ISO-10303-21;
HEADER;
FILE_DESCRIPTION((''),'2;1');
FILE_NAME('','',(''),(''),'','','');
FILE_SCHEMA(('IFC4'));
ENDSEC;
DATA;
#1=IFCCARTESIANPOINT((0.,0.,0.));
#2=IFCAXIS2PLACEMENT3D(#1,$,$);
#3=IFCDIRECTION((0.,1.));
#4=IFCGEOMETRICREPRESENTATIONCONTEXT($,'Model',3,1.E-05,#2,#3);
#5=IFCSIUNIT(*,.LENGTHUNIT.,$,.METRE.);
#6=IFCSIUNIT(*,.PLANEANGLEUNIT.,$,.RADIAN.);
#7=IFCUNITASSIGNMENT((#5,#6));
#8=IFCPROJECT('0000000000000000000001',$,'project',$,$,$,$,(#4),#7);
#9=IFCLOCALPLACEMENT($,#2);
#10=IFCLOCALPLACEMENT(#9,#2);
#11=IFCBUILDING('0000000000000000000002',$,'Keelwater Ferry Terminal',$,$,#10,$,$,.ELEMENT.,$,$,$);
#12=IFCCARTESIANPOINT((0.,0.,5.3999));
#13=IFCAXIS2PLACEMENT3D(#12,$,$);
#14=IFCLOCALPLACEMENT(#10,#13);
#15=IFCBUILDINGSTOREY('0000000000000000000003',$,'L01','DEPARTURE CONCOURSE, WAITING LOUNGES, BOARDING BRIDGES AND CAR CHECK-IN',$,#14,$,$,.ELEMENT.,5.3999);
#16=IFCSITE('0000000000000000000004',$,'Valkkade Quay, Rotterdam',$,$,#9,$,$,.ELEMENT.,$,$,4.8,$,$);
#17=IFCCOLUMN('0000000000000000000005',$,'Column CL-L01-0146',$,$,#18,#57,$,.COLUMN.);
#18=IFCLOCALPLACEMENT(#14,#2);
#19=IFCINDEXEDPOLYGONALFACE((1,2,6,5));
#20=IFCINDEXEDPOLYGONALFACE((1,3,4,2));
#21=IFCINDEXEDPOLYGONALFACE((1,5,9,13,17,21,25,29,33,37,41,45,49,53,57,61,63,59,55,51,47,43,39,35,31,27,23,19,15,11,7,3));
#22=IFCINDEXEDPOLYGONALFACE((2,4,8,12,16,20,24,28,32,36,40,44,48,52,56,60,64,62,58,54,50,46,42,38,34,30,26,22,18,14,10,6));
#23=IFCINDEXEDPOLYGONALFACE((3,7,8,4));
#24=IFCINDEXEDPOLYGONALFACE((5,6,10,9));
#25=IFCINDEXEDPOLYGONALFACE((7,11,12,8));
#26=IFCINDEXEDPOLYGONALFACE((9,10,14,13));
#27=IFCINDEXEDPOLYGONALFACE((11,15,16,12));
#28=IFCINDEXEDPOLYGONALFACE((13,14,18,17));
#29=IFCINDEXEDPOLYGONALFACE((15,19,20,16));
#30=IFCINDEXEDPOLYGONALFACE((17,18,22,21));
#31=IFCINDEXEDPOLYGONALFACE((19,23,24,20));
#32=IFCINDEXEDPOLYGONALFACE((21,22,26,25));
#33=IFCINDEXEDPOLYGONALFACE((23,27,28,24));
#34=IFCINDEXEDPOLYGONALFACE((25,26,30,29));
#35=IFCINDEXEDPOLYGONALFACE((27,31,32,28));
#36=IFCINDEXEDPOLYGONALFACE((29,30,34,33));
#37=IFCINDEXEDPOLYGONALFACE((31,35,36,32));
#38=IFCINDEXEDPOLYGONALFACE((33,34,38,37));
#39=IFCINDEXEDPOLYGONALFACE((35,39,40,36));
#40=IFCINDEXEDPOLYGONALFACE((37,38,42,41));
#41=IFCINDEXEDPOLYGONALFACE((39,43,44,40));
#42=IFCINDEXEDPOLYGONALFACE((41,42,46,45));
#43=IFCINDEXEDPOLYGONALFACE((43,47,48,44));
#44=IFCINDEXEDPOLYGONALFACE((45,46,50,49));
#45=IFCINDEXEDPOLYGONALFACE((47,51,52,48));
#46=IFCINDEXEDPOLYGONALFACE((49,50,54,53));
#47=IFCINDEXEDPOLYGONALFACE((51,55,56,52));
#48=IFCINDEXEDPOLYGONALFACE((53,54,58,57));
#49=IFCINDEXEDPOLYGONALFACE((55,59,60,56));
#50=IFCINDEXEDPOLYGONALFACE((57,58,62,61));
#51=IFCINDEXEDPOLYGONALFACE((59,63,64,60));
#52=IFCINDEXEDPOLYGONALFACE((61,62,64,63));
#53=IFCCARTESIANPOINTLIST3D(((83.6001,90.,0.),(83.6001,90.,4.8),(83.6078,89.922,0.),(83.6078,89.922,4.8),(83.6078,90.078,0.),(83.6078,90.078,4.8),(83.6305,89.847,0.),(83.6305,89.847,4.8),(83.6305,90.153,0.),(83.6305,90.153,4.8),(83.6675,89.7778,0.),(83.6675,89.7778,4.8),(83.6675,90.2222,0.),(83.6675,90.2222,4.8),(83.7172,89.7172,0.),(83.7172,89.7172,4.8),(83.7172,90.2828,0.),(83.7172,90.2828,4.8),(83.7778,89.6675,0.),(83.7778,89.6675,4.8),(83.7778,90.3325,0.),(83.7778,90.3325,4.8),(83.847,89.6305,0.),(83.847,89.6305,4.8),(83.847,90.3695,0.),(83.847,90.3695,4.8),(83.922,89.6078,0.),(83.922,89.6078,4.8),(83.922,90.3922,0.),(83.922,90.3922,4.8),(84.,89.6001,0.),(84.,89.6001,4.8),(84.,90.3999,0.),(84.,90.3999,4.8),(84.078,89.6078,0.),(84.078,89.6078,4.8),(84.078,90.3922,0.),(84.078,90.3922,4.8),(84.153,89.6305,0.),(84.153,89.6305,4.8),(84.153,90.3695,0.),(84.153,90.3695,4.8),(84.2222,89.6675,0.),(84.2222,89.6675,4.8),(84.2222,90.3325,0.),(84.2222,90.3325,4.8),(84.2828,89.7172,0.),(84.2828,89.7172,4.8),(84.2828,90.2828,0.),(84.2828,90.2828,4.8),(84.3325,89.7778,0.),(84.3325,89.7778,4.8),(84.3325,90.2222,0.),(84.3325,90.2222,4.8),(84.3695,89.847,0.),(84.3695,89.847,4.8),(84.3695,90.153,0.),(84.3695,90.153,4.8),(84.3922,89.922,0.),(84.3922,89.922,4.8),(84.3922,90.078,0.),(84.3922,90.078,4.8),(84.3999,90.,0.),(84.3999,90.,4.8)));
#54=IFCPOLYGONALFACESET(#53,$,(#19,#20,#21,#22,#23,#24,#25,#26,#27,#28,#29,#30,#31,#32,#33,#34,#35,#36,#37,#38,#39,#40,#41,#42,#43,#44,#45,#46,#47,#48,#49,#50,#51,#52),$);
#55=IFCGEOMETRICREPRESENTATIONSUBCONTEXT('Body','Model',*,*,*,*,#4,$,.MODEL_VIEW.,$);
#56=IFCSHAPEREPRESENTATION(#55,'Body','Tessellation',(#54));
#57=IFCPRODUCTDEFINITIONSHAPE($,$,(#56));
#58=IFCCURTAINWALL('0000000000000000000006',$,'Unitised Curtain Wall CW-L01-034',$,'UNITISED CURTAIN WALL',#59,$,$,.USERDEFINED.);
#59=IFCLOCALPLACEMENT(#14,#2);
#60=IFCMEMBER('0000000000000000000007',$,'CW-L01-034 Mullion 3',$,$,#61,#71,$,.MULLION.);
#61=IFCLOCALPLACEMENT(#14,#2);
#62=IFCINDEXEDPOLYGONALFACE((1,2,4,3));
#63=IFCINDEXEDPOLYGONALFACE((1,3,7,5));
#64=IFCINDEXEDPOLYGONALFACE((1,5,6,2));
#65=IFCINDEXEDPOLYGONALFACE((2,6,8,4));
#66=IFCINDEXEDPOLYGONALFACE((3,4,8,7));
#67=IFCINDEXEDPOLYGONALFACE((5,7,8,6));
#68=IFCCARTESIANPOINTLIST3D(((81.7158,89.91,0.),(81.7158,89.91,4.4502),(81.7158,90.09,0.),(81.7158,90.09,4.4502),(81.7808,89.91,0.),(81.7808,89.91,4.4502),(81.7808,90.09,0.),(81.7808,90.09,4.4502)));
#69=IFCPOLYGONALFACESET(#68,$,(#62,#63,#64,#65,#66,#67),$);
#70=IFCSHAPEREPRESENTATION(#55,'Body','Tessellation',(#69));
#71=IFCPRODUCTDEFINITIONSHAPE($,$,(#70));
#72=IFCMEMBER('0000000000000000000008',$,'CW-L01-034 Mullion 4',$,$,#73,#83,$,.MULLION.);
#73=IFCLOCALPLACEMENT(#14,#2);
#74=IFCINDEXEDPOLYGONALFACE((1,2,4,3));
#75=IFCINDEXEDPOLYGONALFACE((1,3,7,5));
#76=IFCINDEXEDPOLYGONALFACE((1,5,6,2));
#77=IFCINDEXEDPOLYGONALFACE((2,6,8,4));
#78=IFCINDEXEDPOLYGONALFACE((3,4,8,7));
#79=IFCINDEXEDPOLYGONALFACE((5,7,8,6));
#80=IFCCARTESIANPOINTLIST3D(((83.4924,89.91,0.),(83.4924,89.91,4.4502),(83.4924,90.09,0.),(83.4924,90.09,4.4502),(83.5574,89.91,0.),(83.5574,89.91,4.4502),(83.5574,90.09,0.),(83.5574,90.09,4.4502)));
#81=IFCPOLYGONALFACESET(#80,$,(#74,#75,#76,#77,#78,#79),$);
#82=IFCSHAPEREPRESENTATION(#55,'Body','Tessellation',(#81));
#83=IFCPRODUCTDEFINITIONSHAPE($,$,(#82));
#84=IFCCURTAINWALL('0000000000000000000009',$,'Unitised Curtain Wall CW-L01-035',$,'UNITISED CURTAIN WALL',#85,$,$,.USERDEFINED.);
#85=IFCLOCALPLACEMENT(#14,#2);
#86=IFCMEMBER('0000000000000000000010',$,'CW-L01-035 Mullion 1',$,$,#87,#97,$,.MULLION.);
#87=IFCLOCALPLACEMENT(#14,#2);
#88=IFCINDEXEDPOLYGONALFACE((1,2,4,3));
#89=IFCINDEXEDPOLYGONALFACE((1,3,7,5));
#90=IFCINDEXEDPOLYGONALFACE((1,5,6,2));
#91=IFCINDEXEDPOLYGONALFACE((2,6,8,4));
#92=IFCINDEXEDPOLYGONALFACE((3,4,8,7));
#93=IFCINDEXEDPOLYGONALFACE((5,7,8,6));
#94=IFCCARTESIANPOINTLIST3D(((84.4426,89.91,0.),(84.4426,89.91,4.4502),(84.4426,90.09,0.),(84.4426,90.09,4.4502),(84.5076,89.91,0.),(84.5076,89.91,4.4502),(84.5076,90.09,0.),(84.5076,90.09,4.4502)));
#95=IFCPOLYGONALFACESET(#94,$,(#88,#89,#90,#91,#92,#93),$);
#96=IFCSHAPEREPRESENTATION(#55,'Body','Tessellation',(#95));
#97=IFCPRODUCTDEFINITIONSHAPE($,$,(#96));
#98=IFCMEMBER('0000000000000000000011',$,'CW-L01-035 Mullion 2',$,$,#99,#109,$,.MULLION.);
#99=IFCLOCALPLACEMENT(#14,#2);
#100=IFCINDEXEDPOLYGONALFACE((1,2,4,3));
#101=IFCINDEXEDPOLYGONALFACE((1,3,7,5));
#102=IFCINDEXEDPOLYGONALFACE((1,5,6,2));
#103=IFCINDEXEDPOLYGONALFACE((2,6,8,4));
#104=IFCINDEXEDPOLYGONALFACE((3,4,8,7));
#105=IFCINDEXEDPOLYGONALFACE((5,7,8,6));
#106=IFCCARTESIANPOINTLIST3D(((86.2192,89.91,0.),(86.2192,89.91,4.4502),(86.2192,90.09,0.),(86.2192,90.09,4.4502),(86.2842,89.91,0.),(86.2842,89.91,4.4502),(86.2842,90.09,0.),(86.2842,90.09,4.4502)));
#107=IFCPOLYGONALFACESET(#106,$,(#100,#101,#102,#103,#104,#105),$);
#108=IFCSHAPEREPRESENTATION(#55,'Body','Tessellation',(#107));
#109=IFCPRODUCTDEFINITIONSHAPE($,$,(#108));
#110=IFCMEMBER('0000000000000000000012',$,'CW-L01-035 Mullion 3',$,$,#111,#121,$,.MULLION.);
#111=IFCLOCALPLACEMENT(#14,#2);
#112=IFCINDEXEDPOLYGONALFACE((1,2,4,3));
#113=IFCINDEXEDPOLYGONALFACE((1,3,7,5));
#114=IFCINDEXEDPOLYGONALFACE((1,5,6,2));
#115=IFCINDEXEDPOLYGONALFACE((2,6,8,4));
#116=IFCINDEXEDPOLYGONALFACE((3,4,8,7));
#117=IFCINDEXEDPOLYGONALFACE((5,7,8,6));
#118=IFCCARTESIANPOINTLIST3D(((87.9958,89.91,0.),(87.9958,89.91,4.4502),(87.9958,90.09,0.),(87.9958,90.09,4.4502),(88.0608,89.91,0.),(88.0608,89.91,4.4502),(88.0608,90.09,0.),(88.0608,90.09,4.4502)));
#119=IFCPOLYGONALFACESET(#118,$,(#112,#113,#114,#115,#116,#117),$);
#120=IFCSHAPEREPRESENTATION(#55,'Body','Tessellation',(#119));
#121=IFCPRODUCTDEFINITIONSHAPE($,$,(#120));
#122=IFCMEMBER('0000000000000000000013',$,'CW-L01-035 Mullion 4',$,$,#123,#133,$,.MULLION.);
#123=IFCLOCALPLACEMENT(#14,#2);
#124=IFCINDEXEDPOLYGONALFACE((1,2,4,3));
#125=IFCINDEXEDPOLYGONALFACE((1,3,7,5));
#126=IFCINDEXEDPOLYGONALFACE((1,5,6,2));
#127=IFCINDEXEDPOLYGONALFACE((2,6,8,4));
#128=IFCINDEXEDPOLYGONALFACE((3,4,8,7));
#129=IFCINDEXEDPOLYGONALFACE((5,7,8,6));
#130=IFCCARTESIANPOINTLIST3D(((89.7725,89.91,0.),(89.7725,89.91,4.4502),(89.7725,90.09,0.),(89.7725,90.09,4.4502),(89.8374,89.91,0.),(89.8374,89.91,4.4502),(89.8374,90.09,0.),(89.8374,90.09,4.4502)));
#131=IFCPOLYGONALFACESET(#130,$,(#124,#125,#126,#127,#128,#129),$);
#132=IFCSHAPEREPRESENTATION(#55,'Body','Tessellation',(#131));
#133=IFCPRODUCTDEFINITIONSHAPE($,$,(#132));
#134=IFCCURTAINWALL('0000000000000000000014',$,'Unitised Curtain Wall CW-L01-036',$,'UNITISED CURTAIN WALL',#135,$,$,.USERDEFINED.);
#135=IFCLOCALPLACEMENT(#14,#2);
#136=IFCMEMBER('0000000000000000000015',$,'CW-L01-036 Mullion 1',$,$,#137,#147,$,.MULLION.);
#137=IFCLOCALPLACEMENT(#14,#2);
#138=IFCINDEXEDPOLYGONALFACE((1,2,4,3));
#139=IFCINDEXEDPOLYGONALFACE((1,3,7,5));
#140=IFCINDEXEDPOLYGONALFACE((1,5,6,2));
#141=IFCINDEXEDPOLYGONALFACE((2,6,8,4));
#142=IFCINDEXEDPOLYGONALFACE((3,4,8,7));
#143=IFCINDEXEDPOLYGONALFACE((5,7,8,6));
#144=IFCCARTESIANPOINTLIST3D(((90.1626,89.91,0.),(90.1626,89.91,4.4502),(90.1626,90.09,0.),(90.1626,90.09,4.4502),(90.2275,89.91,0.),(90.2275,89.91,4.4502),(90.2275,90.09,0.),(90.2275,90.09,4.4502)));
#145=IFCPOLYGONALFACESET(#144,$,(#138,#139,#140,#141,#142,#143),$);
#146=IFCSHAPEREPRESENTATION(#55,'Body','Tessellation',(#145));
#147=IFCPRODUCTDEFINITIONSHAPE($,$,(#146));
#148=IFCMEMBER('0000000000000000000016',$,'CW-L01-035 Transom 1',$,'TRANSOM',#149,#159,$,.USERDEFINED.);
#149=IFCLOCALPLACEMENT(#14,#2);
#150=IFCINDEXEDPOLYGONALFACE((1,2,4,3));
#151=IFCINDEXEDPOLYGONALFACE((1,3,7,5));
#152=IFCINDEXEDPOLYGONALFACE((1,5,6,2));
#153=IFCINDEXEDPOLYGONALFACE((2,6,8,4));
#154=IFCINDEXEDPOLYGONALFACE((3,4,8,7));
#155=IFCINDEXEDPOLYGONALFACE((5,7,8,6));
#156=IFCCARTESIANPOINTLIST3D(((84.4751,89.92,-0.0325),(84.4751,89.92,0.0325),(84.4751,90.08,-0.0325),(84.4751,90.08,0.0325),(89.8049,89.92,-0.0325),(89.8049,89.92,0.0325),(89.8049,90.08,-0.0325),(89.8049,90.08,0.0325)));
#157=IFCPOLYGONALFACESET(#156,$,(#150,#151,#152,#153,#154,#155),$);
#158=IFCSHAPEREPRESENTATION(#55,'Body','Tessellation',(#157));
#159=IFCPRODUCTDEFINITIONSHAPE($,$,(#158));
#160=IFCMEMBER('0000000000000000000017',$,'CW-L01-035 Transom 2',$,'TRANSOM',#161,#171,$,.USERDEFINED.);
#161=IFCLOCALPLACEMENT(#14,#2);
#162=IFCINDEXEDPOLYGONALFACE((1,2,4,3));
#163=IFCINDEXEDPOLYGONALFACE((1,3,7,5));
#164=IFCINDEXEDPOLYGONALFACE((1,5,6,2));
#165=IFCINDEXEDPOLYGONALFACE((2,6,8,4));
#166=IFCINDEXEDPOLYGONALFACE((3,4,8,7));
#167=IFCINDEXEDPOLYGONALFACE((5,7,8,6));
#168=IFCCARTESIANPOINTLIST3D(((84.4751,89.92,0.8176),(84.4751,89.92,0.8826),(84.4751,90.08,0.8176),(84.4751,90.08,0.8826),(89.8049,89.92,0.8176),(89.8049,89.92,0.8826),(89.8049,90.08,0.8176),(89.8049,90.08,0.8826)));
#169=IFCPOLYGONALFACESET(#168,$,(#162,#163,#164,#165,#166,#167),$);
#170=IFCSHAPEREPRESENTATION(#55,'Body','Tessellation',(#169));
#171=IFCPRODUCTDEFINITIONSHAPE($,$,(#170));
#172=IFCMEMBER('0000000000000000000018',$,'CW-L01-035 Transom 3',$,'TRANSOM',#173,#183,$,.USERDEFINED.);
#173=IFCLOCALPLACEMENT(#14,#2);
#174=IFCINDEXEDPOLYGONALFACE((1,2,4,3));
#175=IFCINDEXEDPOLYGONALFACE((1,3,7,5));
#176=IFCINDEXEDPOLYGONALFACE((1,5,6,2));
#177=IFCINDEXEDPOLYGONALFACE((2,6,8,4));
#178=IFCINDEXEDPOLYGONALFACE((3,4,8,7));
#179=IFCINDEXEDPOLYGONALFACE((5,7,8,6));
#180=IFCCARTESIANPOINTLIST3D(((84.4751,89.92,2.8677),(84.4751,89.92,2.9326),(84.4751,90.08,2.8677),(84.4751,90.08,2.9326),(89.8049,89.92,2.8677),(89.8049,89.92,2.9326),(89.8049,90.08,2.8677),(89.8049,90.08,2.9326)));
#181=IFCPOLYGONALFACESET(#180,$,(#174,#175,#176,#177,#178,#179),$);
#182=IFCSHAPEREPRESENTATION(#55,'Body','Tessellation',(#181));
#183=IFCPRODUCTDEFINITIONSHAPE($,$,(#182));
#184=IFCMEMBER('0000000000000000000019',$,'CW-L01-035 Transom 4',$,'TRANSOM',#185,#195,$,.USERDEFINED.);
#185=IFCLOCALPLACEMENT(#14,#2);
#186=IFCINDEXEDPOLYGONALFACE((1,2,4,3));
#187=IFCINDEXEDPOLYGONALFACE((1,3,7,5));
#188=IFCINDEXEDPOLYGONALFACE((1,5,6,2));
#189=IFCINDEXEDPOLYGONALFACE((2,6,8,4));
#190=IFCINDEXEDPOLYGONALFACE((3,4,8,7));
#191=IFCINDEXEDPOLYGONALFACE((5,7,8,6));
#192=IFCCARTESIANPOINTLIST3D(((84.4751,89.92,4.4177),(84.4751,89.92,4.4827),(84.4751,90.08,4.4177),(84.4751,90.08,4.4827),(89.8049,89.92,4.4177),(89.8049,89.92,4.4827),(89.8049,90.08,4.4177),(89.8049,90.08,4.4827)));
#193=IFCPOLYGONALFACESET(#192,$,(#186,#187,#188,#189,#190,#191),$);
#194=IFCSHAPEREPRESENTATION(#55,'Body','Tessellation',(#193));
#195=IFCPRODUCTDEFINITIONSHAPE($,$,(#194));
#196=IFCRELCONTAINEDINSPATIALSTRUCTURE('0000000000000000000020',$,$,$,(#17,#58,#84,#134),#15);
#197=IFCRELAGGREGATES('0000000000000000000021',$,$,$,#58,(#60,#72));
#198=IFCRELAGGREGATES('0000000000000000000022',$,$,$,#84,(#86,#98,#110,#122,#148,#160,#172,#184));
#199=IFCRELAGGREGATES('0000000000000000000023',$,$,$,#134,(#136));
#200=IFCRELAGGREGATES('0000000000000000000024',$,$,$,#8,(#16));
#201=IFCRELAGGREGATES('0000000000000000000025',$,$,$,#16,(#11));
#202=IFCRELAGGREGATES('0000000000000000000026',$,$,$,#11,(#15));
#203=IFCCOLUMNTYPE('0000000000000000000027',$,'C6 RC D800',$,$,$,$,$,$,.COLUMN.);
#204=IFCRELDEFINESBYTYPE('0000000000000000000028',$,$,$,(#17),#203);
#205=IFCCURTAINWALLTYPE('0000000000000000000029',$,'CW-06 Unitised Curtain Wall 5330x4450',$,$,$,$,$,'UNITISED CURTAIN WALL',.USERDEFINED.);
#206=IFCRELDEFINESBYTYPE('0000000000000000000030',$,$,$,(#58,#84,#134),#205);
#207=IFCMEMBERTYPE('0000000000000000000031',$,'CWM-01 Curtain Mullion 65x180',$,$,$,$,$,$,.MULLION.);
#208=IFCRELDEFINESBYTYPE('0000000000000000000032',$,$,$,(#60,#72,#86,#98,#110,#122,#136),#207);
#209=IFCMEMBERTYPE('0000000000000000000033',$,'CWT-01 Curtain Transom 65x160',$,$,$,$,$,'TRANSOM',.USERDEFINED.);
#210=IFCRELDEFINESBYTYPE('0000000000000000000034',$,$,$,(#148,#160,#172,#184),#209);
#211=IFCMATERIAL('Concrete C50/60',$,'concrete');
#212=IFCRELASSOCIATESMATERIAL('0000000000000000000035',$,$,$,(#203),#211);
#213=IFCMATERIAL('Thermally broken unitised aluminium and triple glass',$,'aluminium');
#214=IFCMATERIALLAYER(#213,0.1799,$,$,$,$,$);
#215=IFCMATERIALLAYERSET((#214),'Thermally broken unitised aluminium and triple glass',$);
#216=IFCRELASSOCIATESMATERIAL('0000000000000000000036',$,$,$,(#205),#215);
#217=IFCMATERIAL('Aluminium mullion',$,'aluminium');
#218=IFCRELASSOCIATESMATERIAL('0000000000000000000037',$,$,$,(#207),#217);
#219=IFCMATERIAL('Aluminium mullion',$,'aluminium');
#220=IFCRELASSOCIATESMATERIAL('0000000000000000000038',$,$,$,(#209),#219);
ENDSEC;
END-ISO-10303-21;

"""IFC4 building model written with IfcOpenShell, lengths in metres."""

from ifc_helpers import new_model, si_unit, direction, frame, origin, origin_2d, place, context, subcontext, project, spatial, rectangle, circle, extrude, material, layer, layer_set, material_profile, profile_set, type_object, element, aggregate, save


model = new_model("IFC4")

# Units and contexts
model_context = context("Model", 3, precision=1e-05, world=origin(), true_north=direction((0.0, 1.0)))
body_context = subcontext(model_context, "Body", "Model", "MODEL_VIEW")
ifc_project = project(units=[si_unit("LENGTHUNIT", "METRE"), si_unit("PLANEANGLEUNIT", "RADIAN")], contexts=[model_context])

# Site, building, storey
site_placement = place(None, origin())
site = spatial("IfcSite", under=ifc_project, at=site_placement, Name="Valkkade Quay, Rotterdam", CompositionType="ELEMENT", RefElevation=4.8)
building_placement = place(site_placement, origin())
building = spatial("IfcBuilding", under=site, at=building_placement, Name="Keelwater Ferry Terminal", CompositionType="ELEMENT")
storey_placement = place(building_placement, frame((0.0, 0.0, 5.3999)))
storey = spatial("IfcBuildingStorey", under=building, at=storey_placement, Name="L01", Description="DEPARTURE CONCOURSE, WAITING LOUNGES, BOARDING BRIDGES AND CAR CHECK-IN", CompositionType="ELEMENT", Elevation=5.3999)

# Column
ifc_material_1 = material(Name="Concrete C50/60", Category="concrete")
ifc_material_profile_1 = material_profile(ifc_material_1, circle(Radius=0.3999, at=origin_2d()), Name="RC D800")
ifc_profile_set_1 = profile_set([ifc_material_profile_1], Name="Concrete C50/60")
column_type = type_object("IfcColumnType", Name="C6 RC D800", PredefinedType="COLUMN", material=ifc_profile_set_1)
column_placement = place(storey_placement, frame((84.0, 90.0, 0.0), z_axis=(0.0, 0.0, 1.0), x_axis=(1.0, 0.0, 0.0)))
element("IfcColumn", 1, at=column_placement, inside=storey, type_object=column_type, Name="Column CL-L01-0146", PredefinedType="COLUMN", context=body_context, shape_type="SweptSolid", body=[
    extrude(circle(Radius=0.3999, at=origin_2d()), origin(), (0.0, 0.0, 1.0), 4.8),
])

# Curtain walls, members
ifc_material_2 = material(Name="Thermally broken unitised aluminium and triple glass", Category="aluminium")
ifc_layer_1 = layer(ifc_material_2, 0.1799)
ifc_layer_set_1 = layer_set([ifc_layer_1], Name="Thermally broken unitised aluminium and triple glass")
curtain_wall_type = type_object("IfcCurtainWallType", Name="CW-06 Unitised Curtain Wall 5330x4450", ElementType="UNITISED CURTAIN WALL", PredefinedType="USERDEFINED", material=ifc_layer_set_1)
curtain_wall_1_placement = place(storey_placement, origin())
curtain_wall_1 = element("IfcCurtainWall", 2, at=curtain_wall_1_placement, inside=storey, type_object=curtain_wall_type, Name="Unitised Curtain Wall CW-L01-034", ObjectType="UNITISED CURTAIN WALL", PredefinedType="USERDEFINED")
ifc_material_3 = material(Name="Aluminium mullion", Category="aluminium")
ifc_material_profile_2 = material_profile(ifc_material_3, rectangle(XDim=0.0649, YDim=0.1799, at=origin_2d()), Name="CWM-01")
ifc_profile_set_2 = profile_set([ifc_material_profile_2], Name="Aluminium mullion")
member_type_1 = type_object("IfcMemberType", Name="CWM-01 Curtain Mullion 65x180", PredefinedType="MULLION", material=ifc_profile_set_2)
member_1_placement = place(storey_placement, frame((81.7483, 90.0, 0.0), z_axis=(0.0, 0.0, 1.0), x_axis=(1.0, 0.0, 0.0)))
member_1 = element("IfcMember", 3, at=member_1_placement, type_object=member_type_1, Name="CW-L01-034 Mullion 3", PredefinedType="MULLION", context=body_context, shape_type="SweptSolid", body=[
    extrude(rectangle(XDim=0.0649, YDim=0.1799, at=origin_2d()), origin(), (0.0, 0.0, 1.0), 4.4502),
])
member_2_placement = place(storey_placement, frame((83.5249, 90.0, 0.0), z_axis=(0.0, 0.0, 1.0), x_axis=(1.0, 0.0, 0.0)))
member_2 = element("IfcMember", 4, at=member_2_placement, type_object=member_type_1, Name="CW-L01-034 Mullion 4", PredefinedType="MULLION", context=body_context, shape_type="SweptSolid", body=[
    extrude(rectangle(XDim=0.0649, YDim=0.1799, at=origin_2d()), origin(), (0.0, 0.0, 1.0), 4.4502),
])
curtain_wall_2_placement = place(storey_placement, origin())
curtain_wall_2 = element("IfcCurtainWall", 5, at=curtain_wall_2_placement, inside=storey, type_object=curtain_wall_type, Name="Unitised Curtain Wall CW-L01-035", ObjectType="UNITISED CURTAIN WALL", PredefinedType="USERDEFINED")
member_3_placement = place(storey_placement, frame((84.4751, 90.0, 0.0), z_axis=(0.0, 0.0, 1.0), x_axis=(1.0, 0.0, 0.0)))
member_3 = element("IfcMember", 6, at=member_3_placement, type_object=member_type_1, Name="CW-L01-035 Mullion 1", PredefinedType="MULLION", context=body_context, shape_type="SweptSolid", body=[
    extrude(rectangle(XDim=0.0649, YDim=0.1799, at=origin_2d()), origin(), (0.0, 0.0, 1.0), 4.4502),
])
member_4_placement = place(storey_placement, frame((86.2517, 90.0, 0.0), z_axis=(0.0, 0.0, 1.0), x_axis=(1.0, 0.0, 0.0)))
member_4 = element("IfcMember", 7, at=member_4_placement, type_object=member_type_1, Name="CW-L01-035 Mullion 2", PredefinedType="MULLION", context=body_context, shape_type="SweptSolid", body=[
    extrude(rectangle(XDim=0.0649, YDim=0.1799, at=origin_2d()), origin(), (0.0, 0.0, 1.0), 4.4502),
])
member_5_placement = place(storey_placement, frame((88.0283, 90.0, 0.0), z_axis=(0.0, 0.0, 1.0), x_axis=(1.0, 0.0, 0.0)))
member_5 = element("IfcMember", 8, at=member_5_placement, type_object=member_type_1, Name="CW-L01-035 Mullion 3", PredefinedType="MULLION", context=body_context, shape_type="SweptSolid", body=[
    extrude(rectangle(XDim=0.0649, YDim=0.1799, at=origin_2d()), origin(), (0.0, 0.0, 1.0), 4.4502),
])
member_6_placement = place(storey_placement, frame((89.8049, 90.0, 0.0), z_axis=(0.0, 0.0, 1.0), x_axis=(1.0, 0.0, 0.0)))
member_6 = element("IfcMember", 9, at=member_6_placement, type_object=member_type_1, Name="CW-L01-035 Mullion 4", PredefinedType="MULLION", context=body_context, shape_type="SweptSolid", body=[
    extrude(rectangle(XDim=0.0649, YDim=0.1799, at=origin_2d()), origin(), (0.0, 0.0, 1.0), 4.4502),
])

# Curtain wall, member
curtain_wall_3_placement = place(storey_placement, origin())
curtain_wall_3 = element("IfcCurtainWall", 10, at=curtain_wall_3_placement, inside=storey, type_object=curtain_wall_type, Name="Unitised Curtain Wall CW-L01-036", ObjectType="UNITISED CURTAIN WALL", PredefinedType="USERDEFINED")
member_7_placement = place(storey_placement, frame((90.1951, 90.0, 0.0), z_axis=(0.0, 0.0, 1.0), x_axis=(1.0, 0.0, 0.0)))
member_7 = element("IfcMember", 11, at=member_7_placement, type_object=member_type_1, Name="CW-L01-036 Mullion 1", PredefinedType="MULLION", context=body_context, shape_type="SweptSolid", body=[
    extrude(rectangle(XDim=0.0649, YDim=0.1799, at=origin_2d()), origin(), (0.0, 0.0, 1.0), 4.4502),
])

# Members
ifc_material_4 = material(Name="Aluminium mullion", Category="aluminium")
ifc_material_profile_3 = material_profile(ifc_material_4, rectangle(XDim=0.1599, YDim=0.0649, at=origin_2d()), Name="CWT-01")
ifc_profile_set_3 = profile_set([ifc_material_profile_3], Name="Aluminium mullion")
member_type_2 = type_object("IfcMemberType", Name="CWT-01 Curtain Transom 65x160", ElementType="TRANSOM", PredefinedType="USERDEFINED", material=ifc_profile_set_3)
member_8_placement = place(storey_placement, frame((84.4751, 90.0, 0.0), z_axis=(1.0, 0.0, 0.0), x_axis=(0.0, 1.0, 0.0)))
member_8 = element("IfcMember", 12, at=member_8_placement, type_object=member_type_2, Name="CW-L01-035 Transom 1", ObjectType="TRANSOM", PredefinedType="USERDEFINED", context=body_context, shape_type="SweptSolid", body=[
    extrude(rectangle(XDim=0.1599, YDim=0.0649, at=origin_2d()), origin(), (0.0, 0.0, 1.0), 5.3298),
])
member_9_placement = place(storey_placement, frame((84.4751, 90.0, 0.8501), z_axis=(1.0, 0.0, 0.0), x_axis=(0.0, 1.0, 0.0)))
member_9 = element("IfcMember", 13, at=member_9_placement, type_object=member_type_2, Name="CW-L01-035 Transom 2", ObjectType="TRANSOM", PredefinedType="USERDEFINED", context=body_context, shape_type="SweptSolid", body=[
    extrude(rectangle(XDim=0.1599, YDim=0.0649, at=origin_2d()), origin(), (0.0, 0.0, 1.0), 5.3298),
])
member_10_placement = place(storey_placement, frame((84.4751, 90.0, 2.9001), z_axis=(1.0, 0.0, 0.0), x_axis=(0.0, 1.0, 0.0)))
member_10 = element("IfcMember", 14, at=member_10_placement, type_object=member_type_2, Name="CW-L01-035 Transom 3", ObjectType="TRANSOM", PredefinedType="USERDEFINED", context=body_context, shape_type="SweptSolid", body=[
    extrude(rectangle(XDim=0.1599, YDim=0.0649, at=origin_2d()), origin(), (0.0, 0.0, 1.0), 5.3298),
])
member_11_placement = place(storey_placement, frame((84.4751, 90.0, 4.4502), z_axis=(1.0, 0.0, 0.0), x_axis=(0.0, 1.0, 0.0)))
member_11 = element("IfcMember", 15, at=member_11_placement, type_object=member_type_2, Name="CW-L01-035 Transom 4", ObjectType="TRANSOM", PredefinedType="USERDEFINED", context=body_context, shape_type="SweptSolid", body=[
    extrude(rectangle(XDim=0.1599, YDim=0.0649, at=origin_2d()), origin(), (0.0, 0.0, 1.0), 5.3298),
])

aggregate(curtain_wall_1, [member_1, member_2])
aggregate(curtain_wall_2, [member_3, member_4, member_5, member_6, member_8, member_9, member_10, member_11])
aggregate(curtain_wall_3, [member_7])

save(model, "model.ifc")
